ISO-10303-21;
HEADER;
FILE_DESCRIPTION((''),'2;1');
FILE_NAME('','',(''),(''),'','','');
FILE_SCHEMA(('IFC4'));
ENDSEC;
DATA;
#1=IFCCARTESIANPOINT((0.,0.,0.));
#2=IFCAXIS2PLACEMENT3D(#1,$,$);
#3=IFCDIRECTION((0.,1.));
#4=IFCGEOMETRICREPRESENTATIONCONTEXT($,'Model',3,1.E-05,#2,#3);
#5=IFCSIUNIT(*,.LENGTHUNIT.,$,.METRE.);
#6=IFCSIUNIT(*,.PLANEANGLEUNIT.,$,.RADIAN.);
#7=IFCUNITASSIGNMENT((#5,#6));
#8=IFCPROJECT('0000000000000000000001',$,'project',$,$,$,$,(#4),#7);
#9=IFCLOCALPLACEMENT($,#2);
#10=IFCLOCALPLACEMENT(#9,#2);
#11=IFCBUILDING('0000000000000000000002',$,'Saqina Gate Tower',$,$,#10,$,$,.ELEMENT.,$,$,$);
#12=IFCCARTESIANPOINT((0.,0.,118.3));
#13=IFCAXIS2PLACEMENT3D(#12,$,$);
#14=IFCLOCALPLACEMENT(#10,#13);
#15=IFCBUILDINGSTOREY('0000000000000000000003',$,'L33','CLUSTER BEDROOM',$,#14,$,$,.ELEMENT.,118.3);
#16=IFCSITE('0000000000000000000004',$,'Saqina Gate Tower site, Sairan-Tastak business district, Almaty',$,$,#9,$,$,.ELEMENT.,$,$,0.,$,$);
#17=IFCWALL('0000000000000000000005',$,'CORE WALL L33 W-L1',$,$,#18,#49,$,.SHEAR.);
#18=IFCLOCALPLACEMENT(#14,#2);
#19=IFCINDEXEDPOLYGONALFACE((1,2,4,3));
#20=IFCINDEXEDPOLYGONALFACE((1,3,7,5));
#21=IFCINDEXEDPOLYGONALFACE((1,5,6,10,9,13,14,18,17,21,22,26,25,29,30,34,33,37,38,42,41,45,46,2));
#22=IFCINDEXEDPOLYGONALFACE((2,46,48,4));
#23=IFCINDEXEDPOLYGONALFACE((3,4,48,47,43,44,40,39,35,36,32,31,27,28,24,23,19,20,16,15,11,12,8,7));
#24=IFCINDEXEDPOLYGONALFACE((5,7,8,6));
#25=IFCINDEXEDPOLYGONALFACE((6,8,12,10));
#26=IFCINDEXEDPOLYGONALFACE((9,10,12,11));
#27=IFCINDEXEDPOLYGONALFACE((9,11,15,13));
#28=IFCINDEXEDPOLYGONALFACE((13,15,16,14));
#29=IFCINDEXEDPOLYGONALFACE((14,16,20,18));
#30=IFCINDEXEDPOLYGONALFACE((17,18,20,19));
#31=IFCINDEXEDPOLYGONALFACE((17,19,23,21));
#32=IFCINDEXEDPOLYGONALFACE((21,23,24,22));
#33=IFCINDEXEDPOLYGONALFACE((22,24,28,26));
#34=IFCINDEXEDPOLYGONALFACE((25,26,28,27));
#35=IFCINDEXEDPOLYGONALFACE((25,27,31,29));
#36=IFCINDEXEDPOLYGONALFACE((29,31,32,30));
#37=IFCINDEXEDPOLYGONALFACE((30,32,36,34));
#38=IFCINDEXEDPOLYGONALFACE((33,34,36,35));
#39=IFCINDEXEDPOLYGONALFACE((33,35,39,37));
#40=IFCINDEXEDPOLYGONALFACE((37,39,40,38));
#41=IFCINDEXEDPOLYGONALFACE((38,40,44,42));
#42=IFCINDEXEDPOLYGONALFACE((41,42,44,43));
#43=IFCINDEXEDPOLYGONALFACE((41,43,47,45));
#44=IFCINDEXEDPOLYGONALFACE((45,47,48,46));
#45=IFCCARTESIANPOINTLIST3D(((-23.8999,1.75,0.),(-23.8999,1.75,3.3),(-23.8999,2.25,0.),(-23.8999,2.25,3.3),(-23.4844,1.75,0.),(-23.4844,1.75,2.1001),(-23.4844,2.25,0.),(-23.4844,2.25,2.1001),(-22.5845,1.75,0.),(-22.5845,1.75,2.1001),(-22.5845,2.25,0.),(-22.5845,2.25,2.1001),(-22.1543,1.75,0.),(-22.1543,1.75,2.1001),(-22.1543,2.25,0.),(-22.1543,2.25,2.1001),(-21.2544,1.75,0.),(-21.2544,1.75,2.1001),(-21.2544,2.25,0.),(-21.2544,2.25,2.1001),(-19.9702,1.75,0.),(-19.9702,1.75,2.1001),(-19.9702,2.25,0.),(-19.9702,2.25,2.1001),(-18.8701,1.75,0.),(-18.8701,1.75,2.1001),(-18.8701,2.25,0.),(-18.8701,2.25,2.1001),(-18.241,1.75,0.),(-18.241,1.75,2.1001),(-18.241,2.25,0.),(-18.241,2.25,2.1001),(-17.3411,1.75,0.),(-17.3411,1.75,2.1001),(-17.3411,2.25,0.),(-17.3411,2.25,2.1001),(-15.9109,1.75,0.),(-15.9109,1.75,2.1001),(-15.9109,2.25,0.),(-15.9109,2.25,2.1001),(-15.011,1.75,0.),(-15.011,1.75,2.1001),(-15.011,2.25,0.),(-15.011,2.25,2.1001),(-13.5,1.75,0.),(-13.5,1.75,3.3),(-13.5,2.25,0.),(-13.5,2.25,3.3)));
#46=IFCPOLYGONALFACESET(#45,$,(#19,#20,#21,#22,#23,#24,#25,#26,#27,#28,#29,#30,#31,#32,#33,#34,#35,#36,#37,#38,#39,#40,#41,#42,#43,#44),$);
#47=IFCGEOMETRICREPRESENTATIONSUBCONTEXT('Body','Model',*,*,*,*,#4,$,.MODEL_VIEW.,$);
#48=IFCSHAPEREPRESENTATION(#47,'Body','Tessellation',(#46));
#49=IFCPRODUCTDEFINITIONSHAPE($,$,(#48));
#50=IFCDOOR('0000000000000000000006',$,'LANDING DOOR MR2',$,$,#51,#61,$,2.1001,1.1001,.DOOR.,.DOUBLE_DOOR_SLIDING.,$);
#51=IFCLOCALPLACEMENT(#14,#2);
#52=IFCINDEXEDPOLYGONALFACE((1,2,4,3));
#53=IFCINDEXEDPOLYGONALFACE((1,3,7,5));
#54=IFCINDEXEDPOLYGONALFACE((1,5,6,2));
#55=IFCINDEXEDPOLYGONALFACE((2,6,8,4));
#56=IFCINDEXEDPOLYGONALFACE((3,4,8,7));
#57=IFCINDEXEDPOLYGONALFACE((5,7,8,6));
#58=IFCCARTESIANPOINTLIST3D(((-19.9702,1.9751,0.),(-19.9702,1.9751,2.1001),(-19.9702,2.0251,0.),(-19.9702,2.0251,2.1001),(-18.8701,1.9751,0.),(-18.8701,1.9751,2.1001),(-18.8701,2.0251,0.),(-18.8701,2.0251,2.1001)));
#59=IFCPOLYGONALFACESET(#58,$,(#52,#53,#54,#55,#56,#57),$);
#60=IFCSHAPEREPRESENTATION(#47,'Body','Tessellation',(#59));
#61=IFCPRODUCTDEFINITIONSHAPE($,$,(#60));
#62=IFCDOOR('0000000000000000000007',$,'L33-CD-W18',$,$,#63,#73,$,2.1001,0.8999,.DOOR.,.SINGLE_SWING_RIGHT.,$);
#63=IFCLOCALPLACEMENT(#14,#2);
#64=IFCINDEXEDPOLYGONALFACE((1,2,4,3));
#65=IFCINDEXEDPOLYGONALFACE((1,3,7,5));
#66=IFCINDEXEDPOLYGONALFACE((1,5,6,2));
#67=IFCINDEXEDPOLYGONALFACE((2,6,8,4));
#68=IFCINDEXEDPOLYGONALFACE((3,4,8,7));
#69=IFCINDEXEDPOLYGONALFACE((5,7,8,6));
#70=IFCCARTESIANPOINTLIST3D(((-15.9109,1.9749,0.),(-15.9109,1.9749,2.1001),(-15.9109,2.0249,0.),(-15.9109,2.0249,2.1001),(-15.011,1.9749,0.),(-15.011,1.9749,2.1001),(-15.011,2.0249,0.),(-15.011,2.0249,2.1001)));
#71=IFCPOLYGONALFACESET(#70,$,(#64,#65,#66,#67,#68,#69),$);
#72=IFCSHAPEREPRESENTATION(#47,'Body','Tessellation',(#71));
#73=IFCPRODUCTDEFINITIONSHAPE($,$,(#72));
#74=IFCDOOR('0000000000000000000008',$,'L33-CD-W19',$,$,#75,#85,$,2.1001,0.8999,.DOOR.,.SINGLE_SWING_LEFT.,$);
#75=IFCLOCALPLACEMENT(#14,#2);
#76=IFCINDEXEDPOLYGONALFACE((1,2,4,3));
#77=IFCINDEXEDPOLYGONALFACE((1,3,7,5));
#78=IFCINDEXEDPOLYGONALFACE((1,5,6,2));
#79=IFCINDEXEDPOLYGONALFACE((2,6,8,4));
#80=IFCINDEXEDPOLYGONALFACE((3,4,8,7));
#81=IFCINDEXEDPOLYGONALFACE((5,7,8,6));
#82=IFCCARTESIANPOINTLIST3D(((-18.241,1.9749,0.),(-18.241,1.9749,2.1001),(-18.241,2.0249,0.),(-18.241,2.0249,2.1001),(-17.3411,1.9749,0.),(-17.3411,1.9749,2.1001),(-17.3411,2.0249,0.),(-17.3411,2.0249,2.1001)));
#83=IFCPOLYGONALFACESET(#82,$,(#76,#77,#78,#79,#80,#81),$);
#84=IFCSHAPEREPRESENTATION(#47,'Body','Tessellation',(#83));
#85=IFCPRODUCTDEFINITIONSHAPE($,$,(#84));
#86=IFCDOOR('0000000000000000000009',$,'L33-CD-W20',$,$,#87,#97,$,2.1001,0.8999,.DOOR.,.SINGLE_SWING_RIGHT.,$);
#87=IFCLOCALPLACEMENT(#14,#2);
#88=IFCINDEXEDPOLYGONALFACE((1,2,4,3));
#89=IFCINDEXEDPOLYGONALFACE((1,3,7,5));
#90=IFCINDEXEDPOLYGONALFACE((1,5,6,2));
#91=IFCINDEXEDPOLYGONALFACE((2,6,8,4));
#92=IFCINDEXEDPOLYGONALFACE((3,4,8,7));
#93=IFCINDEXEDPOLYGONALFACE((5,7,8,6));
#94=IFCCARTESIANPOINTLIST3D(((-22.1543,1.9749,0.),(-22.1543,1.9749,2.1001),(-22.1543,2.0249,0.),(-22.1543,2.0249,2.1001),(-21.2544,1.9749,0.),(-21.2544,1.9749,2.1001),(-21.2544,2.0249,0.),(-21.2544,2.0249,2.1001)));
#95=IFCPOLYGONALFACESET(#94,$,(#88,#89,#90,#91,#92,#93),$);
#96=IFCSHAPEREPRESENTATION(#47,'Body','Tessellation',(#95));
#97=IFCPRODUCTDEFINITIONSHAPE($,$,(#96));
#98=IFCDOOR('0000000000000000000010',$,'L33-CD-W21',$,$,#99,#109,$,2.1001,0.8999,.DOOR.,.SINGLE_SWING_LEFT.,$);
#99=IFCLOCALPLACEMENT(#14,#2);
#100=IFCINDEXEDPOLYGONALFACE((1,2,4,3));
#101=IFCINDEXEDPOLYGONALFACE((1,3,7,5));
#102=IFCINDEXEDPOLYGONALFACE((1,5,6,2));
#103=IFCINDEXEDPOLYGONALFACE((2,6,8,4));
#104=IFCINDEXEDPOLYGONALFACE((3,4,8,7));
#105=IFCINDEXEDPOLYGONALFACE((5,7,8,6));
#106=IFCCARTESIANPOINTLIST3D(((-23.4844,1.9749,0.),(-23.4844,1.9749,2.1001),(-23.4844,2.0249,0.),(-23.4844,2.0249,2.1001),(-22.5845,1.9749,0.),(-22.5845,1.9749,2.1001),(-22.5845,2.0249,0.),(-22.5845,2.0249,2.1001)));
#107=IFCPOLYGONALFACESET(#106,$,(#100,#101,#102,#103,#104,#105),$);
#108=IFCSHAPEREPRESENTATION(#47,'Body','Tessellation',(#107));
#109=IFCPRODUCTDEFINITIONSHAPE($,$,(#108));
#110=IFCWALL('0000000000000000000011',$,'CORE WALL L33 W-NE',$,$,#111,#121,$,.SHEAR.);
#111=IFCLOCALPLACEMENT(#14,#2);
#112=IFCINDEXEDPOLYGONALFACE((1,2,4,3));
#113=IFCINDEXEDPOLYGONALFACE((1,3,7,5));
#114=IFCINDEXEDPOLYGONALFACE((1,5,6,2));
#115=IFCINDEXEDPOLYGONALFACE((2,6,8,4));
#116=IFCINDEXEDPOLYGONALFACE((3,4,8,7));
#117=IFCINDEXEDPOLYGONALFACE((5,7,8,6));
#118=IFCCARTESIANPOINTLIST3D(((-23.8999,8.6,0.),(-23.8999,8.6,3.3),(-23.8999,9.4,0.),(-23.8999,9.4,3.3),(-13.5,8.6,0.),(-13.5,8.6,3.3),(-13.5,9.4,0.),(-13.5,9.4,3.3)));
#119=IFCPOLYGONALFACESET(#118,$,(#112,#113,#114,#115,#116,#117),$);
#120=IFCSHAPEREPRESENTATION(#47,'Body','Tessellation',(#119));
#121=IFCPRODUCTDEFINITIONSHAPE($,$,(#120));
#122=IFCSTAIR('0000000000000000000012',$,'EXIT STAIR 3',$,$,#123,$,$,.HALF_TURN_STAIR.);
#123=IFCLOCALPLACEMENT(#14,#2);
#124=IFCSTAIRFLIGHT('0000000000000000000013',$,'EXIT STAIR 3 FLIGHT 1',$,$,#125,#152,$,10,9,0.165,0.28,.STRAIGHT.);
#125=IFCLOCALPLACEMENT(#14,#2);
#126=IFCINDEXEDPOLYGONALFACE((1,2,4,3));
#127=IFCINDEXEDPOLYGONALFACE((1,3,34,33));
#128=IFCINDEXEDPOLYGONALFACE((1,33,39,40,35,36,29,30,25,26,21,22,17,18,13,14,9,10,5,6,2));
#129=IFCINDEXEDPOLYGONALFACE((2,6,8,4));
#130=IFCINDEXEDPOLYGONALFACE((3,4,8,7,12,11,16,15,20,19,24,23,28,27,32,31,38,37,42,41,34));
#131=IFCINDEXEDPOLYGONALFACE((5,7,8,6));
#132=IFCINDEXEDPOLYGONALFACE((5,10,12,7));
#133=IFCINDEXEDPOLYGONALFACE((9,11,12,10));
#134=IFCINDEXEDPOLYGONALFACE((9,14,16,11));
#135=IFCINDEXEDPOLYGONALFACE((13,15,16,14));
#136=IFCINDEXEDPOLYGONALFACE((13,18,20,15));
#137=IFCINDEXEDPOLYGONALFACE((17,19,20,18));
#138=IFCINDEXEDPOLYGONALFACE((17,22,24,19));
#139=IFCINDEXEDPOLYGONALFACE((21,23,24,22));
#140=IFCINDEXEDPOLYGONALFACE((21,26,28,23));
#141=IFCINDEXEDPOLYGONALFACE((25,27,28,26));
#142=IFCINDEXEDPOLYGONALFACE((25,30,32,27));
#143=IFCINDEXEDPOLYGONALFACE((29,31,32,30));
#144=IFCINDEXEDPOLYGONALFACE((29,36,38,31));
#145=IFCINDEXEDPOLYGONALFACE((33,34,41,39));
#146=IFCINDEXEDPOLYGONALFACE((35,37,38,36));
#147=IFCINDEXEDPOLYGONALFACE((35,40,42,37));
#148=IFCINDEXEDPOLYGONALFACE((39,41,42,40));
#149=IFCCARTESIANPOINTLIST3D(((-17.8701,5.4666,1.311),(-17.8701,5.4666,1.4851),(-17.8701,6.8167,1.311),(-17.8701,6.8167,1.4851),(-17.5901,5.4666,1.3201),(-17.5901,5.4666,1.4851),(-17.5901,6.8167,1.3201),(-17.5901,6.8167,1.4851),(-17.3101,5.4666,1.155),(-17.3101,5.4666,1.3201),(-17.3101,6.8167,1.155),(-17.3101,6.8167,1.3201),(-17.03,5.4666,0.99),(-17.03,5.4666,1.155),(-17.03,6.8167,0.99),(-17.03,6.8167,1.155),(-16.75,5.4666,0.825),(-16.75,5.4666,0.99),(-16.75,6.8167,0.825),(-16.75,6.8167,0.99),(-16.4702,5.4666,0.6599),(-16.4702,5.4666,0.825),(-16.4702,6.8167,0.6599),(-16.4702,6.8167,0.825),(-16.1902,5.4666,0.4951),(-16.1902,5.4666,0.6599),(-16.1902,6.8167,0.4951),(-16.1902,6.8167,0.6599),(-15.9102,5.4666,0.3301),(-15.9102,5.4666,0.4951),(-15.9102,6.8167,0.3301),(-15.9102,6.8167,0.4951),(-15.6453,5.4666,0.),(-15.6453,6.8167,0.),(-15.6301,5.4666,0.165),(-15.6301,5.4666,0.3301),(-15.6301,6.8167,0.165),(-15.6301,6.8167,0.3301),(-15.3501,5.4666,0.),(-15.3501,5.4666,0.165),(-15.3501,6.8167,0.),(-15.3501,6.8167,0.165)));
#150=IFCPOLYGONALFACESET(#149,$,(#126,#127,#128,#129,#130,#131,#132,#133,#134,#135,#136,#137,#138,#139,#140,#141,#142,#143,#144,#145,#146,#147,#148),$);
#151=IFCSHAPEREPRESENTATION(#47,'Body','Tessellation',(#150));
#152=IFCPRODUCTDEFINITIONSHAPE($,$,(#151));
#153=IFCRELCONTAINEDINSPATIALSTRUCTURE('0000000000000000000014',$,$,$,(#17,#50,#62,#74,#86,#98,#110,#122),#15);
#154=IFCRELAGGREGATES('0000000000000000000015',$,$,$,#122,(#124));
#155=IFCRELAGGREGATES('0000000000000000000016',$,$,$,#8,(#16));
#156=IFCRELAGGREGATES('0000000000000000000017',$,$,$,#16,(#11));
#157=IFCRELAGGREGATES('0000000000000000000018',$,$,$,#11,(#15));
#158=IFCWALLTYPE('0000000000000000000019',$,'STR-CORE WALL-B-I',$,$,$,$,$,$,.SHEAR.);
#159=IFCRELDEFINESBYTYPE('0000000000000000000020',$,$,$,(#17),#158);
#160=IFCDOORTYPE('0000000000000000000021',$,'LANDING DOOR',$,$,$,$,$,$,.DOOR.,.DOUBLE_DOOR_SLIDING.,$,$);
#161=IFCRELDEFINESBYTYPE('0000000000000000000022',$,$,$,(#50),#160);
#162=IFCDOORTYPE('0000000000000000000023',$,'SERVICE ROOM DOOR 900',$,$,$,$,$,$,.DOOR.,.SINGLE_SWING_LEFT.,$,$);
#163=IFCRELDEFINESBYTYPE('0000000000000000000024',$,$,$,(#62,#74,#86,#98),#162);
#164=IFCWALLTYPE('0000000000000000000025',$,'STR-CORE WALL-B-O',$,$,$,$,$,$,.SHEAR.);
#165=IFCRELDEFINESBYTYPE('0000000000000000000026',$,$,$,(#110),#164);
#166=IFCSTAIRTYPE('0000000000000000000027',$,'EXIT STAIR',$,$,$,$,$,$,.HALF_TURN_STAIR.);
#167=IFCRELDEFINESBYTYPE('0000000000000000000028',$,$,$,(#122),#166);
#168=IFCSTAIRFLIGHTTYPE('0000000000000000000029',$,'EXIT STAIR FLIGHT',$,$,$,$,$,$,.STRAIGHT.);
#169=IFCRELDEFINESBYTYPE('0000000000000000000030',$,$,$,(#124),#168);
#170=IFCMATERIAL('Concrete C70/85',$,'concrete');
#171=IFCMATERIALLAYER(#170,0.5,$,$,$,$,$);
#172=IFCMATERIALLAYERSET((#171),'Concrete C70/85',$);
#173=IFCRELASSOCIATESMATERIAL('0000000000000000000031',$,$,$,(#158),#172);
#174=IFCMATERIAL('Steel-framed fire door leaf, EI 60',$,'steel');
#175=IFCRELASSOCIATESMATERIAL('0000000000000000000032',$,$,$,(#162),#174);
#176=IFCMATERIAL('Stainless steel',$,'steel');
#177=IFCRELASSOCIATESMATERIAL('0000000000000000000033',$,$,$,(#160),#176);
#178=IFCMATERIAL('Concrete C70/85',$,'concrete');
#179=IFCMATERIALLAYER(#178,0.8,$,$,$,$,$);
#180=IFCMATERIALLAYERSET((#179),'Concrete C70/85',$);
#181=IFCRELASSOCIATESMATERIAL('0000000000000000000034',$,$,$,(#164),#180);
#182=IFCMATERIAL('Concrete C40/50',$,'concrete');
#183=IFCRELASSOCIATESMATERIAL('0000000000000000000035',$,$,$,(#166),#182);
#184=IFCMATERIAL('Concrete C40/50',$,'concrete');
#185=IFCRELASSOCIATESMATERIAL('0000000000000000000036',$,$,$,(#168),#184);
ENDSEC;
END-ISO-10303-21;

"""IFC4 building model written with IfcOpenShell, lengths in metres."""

from ifc_helpers import new_model, si_unit, direction, frame, frame_2d, origin, place, context, subcontext, project, spatial, polyline, rectangle, outline, extrude, material, layer, layer_set, type_object, element, fill, aggregate, save


model = new_model("IFC4")

# Units and contexts
model_context = context("Model", 3, precision=1e-05, world=origin(), true_north=direction((0.0, 1.0)))
body_context = subcontext(model_context, "Body", "Model", "MODEL_VIEW")
ifc_project = project(units=[si_unit("LENGTHUNIT", "METRE"), si_unit("PLANEANGLEUNIT", "RADIAN")], contexts=[model_context])

# Site, building, storey
site_placement = place(None, origin())
site = spatial("IfcSite", under=ifc_project, at=site_placement, Name="Saqina Gate Tower site, Sairan-Tastak business district, Almaty", CompositionType="ELEMENT", RefElevation=0.0)
building_placement = place(site_placement, origin())
building = spatial("IfcBuilding", under=site, at=building_placement, Name="Saqina Gate Tower", CompositionType="ELEMENT")
storey_placement = place(building_placement, frame((0.0, 0.0, 118.3)))
storey = spatial("IfcBuildingStorey", under=building, at=storey_placement, Name="L33", Description="CLUSTER BEDROOM", CompositionType="ELEMENT", Elevation=118.3)

# Shared definitions
ifc_material_1 = material(Name="Concrete C70/85", Category="concrete")
ifc_layer_1 = layer(ifc_material_1, 0.5)
ifc_layer_set_1 = layer_set([ifc_layer_1], Name="Concrete C70/85")
wall_type_1 = type_object("IfcWallType", Name="STR-CORE WALL-B-I", PredefinedType="SHEAR", material=ifc_layer_set_1)
ifc_material_2 = material(Name="Steel-framed fire door leaf, EI 60", Category="steel")
door_type_1 = type_object("IfcDoorType", Name="SERVICE ROOM DOOR 900", OperationType="SINGLE_SWING_LEFT", PredefinedType="DOOR", material=ifc_material_2)

# Wall, openings, doors
wall_1_placement = place(storey_placement, frame((-13.5, 2.0, 0.0), z_axis=(0.0, 0.0, 1.0), x_axis=(-1.0, 0.0, 0.0)))
wall_1 = element("IfcWall", 1, at=wall_1_placement, inside=storey, type_object=wall_type_1, Name="CORE WALL L33 W-L1", PredefinedType="SHEAR", context=body_context, shape_type="SweptSolid", body=[
    extrude(rectangle(XDim=10.3999, YDim=0.5, at=frame_2d((5.2, 0.0))), origin(), (0.0, 0.0, 1.0), 3.3),
])
opening_1_placement = place(wall_1_placement, frame((5.3701, 0.0, 0.0)))
opening_1 = element("IfcOpeningElement", 2, at=opening_1_placement, cuts=wall_1, PredefinedType="OPENING", context=body_context, shape_type="SweptSolid", body=[
    extrude(rectangle(XDim=1.1001, YDim=2.1001, at=frame_2d((0.55, 1.05))), frame((0.0, 0.262, 0.0), z_axis=(0.0, -1.0, 0.0), x_axis=(1.0, 0.0, 0.0)), (0.0, 0.0, 1.0), 0.5239),
])
opening_2_placement = place(wall_1_placement, frame((1.511, 0.0, 0.0)))
opening_2 = element("IfcOpeningElement", 3, at=opening_2_placement, cuts=wall_1, PredefinedType="OPENING", context=body_context, shape_type="SweptSolid", body=[
    extrude(rectangle(XDim=0.8999, YDim=2.1001, at=frame_2d((0.45, 1.05))), frame((0.0, 0.262, 0.0), z_axis=(0.0, -1.0, 0.0), x_axis=(1.0, 0.0, 0.0)), (0.0, 0.0, 1.0), 0.5239),
])
opening_3_placement = place(wall_1_placement, frame((3.8411, 0.0, 0.0)))
opening_3 = element("IfcOpeningElement", 4, at=opening_3_placement, cuts=wall_1, PredefinedType="OPENING", context=body_context, shape_type="SweptSolid", body=[
    extrude(rectangle(XDim=0.8999, YDim=2.1001, at=frame_2d((0.45, 1.05))), frame((0.0, 0.262, 0.0), z_axis=(0.0, -1.0, 0.0), x_axis=(1.0, 0.0, 0.0)), (0.0, 0.0, 1.0), 0.5239),
])
opening_4_placement = place(wall_1_placement, frame((7.7544, 0.0, 0.0)))
opening_4 = element("IfcOpeningElement", 5, at=opening_4_placement, cuts=wall_1, PredefinedType="OPENING", context=body_context, shape_type="SweptSolid", body=[
    extrude(rectangle(XDim=0.8999, YDim=2.1001, at=frame_2d((0.45, 1.05))), frame((0.0, 0.262, 0.0), z_axis=(0.0, -1.0, 0.0), x_axis=(1.0, 0.0, 0.0)), (0.0, 0.0, 1.0), 0.5239),
])
opening_5_placement = place(wall_1_placement, frame((9.0845, 0.0, 0.0)))
opening_5 = element("IfcOpeningElement", 6, at=opening_5_placement, cuts=wall_1, PredefinedType="OPENING", context=body_context, shape_type="SweptSolid", body=[
    extrude(rectangle(XDim=0.8999, YDim=2.1001, at=frame_2d((0.45, 1.05))), frame((0.0, 0.262, 0.0), z_axis=(0.0, -1.0, 0.0), x_axis=(1.0, 0.0, 0.0)), (0.0, 0.0, 1.0), 0.5239),
])
ifc_material_3 = material(Name="Stainless steel", Category="steel")
door_type_2 = type_object("IfcDoorType", Name="LANDING DOOR", OperationType="DOUBLE_DOOR_SLIDING", PredefinedType="DOOR", material=ifc_material_3)
door_1_placement = place(opening_1_placement, origin())
door_1 = element("IfcDoor", 7, at=door_1_placement, inside=storey, type_object=door_type_2, Name="LANDING DOOR MR2", OperationType="DOUBLE_DOOR_SLIDING", OverallHeight=2.1001, OverallWidth=1.1001, PredefinedType="DOOR", context=body_context, shape_type="SweptSolid", body=[
    extrude(rectangle(XDim=1.1001, YDim=2.1001, at=frame_2d((0.55, 1.05))), frame((0.0, 0.0249, 0.0), z_axis=(0.0, -1.0, 0.0), x_axis=(1.0, 0.0, 0.0)), (0.0, 0.0, 1.0), 0.05),
])
fill(opening_1, door_1)
door_2_placement = place(opening_2_placement, frame((0.8999, 0.0, 0.0), z_axis=(0.0, 0.0, 1.0), x_axis=(-1.0, 0.0, 0.0)))
door_2 = element("IfcDoor", 8, at=door_2_placement, inside=storey, type_object=door_type_1, Name="L33-CD-W18", OperationType="SINGLE_SWING_RIGHT", OverallHeight=2.1001, OverallWidth=0.8999, PredefinedType="DOOR", context=body_context, shape_type="SweptSolid", body=[
    extrude(rectangle(XDim=0.8999, YDim=2.1001, at=frame_2d((0.45, 1.05))), frame((0.0, 0.0249, 0.0), z_axis=(0.0, -1.0, 0.0), x_axis=(1.0, 0.0, 0.0)), (0.0, 0.0, 1.0), 0.05),
])
fill(opening_2, door_2)
door_3_placement = place(opening_3_placement, frame((0.8999, 0.0, 0.0), z_axis=(0.0, 0.0, 1.0), x_axis=(-1.0, 0.0, 0.0)))
door_3 = element("IfcDoor", 9, at=door_3_placement, inside=storey, type_object=door_type_1, Name="L33-CD-W19", OperationType="SINGLE_SWING_LEFT", OverallHeight=2.1001, OverallWidth=0.8999, PredefinedType="DOOR", context=body_context, shape_type="SweptSolid", body=[
    extrude(rectangle(XDim=0.8999, YDim=2.1001, at=frame_2d((0.45, 1.05))), frame((0.0, 0.0249, 0.0), z_axis=(0.0, -1.0, 0.0), x_axis=(1.0, 0.0, 0.0)), (0.0, 0.0, 1.0), 0.05),
])
fill(opening_3, door_3)
door_4_placement = place(opening_4_placement, frame((0.8999, 0.0, 0.0), z_axis=(0.0, 0.0, 1.0), x_axis=(-1.0, 0.0, 0.0)))
door_4 = element("IfcDoor", 10, at=door_4_placement, inside=storey, type_object=door_type_1, Name="L33-CD-W20", OperationType="SINGLE_SWING_RIGHT", OverallHeight=2.1001, OverallWidth=0.8999, PredefinedType="DOOR", context=body_context, shape_type="SweptSolid", body=[
    extrude(rectangle(XDim=0.8999, YDim=2.1001, at=frame_2d((0.45, 1.05))), frame((0.0, 0.0249, 0.0), z_axis=(0.0, -1.0, 0.0), x_axis=(1.0, 0.0, 0.0)), (0.0, 0.0, 1.0), 0.05),
])
fill(opening_4, door_4)
door_5_placement = place(opening_5_placement, frame((0.8999, 0.0, 0.0), z_axis=(0.0, 0.0, 1.0), x_axis=(-1.0, 0.0, 0.0)))
door_5 = element("IfcDoor", 11, at=door_5_placement, inside=storey, type_object=door_type_1, Name="L33-CD-W21", OperationType="SINGLE_SWING_LEFT", OverallHeight=2.1001, OverallWidth=0.8999, PredefinedType="DOOR", context=body_context, shape_type="SweptSolid", body=[
    extrude(rectangle(XDim=0.8999, YDim=2.1001, at=frame_2d((0.45, 1.05))), frame((0.0, 0.0249, 0.0), z_axis=(0.0, -1.0, 0.0), x_axis=(1.0, 0.0, 0.0)), (0.0, 0.0, 1.0), 0.05),
])
fill(opening_5, door_5)

# Wall
ifc_material_4 = material(Name="Concrete C70/85", Category="concrete")
ifc_layer_2 = layer(ifc_material_4, 0.8)
ifc_layer_set_2 = layer_set([ifc_layer_2], Name="Concrete C70/85")
wall_type_2 = type_object("IfcWallType", Name="STR-CORE WALL-B-O", PredefinedType="SHEAR", material=ifc_layer_set_2)
wall_2_placement = place(storey_placement, frame((-13.5, 9.0, 0.0), z_axis=(0.0, 0.0, 1.0), x_axis=(-1.0, 0.0, 0.0)))
element("IfcWall", 12, at=wall_2_placement, inside=storey, type_object=wall_type_2, Name="CORE WALL L33 W-NE", PredefinedType="SHEAR", context=body_context, shape_type="SweptSolid", body=[
    extrude(rectangle(XDim=10.3999, YDim=0.8, at=frame_2d((5.2, 0.0))), origin(), (0.0, 0.0, 1.0), 3.3),
])

# Stair, stair flight
ifc_material_5 = material(Name="Concrete C40/50", Category="concrete")
stair_type = type_object("IfcStairType", Name="EXIT STAIR", PredefinedType="HALF_TURN_STAIR", material=ifc_material_5)
stair_placement = place(storey_placement, origin())
stair = element("IfcStair", 13, at=stair_placement, inside=storey, type_object=stair_type, Name="EXIT STAIR 3", PredefinedType="HALF_TURN_STAIR")
ifc_material_6 = material(Name="Concrete C40/50", Category="concrete")
stair_flight_type = type_object("IfcStairFlightType", Name="EXIT STAIR FLIGHT", PredefinedType="STRAIGHT", material=ifc_material_6)
stair_flight_1_placement = place(storey_placement, frame((-15.3501, 6.1416, 0.0), z_axis=(0.0, 0.0, 1.0), x_axis=(-1.0, 0.0, 0.0)))
stair_flight_1 = element("IfcStairFlight", 14, at=stair_flight_1_placement, type_object=stair_flight_type, Name="EXIT STAIR 3 FLIGHT 1", NumberOfRisers=10, NumberOfTreads=9, PredefinedType="STRAIGHT", RiserHeight=0.165, TreadLength=0.28, context=body_context, shape_type="SweptSolid", body=[
    extrude(outline(polyline([(0.0, 0.0), (0.0, 0.165), (0.28, 0.165), (0.28, 0.3301), (0.5601, 0.3301), (0.5601, 0.4951), (0.8401, 0.4951), (0.8401, 0.6599), (1.1201, 0.6599), (1.1201, 0.825), (1.3999, 0.825), (1.3999, 0.99), (1.6799, 0.99), (1.6799, 1.155), (1.96, 1.155), (1.96, 1.3201), (2.24, 1.3201), (2.24, 1.4851), (2.52, 1.4851), (2.52, 1.6499), (2.52, 1.311), (0.2952, 0.0), (0.0, 0.0)])), frame((0.0, 0.675, 0.0), z_axis=(0.0, -1.0, 0.0), x_axis=(1.0, 0.0, 0.0)), (0.0, 0.0, 1.0), 1.3501),
])
aggregate(stair, [stair_flight_1])

save(model, "model.ifc")
